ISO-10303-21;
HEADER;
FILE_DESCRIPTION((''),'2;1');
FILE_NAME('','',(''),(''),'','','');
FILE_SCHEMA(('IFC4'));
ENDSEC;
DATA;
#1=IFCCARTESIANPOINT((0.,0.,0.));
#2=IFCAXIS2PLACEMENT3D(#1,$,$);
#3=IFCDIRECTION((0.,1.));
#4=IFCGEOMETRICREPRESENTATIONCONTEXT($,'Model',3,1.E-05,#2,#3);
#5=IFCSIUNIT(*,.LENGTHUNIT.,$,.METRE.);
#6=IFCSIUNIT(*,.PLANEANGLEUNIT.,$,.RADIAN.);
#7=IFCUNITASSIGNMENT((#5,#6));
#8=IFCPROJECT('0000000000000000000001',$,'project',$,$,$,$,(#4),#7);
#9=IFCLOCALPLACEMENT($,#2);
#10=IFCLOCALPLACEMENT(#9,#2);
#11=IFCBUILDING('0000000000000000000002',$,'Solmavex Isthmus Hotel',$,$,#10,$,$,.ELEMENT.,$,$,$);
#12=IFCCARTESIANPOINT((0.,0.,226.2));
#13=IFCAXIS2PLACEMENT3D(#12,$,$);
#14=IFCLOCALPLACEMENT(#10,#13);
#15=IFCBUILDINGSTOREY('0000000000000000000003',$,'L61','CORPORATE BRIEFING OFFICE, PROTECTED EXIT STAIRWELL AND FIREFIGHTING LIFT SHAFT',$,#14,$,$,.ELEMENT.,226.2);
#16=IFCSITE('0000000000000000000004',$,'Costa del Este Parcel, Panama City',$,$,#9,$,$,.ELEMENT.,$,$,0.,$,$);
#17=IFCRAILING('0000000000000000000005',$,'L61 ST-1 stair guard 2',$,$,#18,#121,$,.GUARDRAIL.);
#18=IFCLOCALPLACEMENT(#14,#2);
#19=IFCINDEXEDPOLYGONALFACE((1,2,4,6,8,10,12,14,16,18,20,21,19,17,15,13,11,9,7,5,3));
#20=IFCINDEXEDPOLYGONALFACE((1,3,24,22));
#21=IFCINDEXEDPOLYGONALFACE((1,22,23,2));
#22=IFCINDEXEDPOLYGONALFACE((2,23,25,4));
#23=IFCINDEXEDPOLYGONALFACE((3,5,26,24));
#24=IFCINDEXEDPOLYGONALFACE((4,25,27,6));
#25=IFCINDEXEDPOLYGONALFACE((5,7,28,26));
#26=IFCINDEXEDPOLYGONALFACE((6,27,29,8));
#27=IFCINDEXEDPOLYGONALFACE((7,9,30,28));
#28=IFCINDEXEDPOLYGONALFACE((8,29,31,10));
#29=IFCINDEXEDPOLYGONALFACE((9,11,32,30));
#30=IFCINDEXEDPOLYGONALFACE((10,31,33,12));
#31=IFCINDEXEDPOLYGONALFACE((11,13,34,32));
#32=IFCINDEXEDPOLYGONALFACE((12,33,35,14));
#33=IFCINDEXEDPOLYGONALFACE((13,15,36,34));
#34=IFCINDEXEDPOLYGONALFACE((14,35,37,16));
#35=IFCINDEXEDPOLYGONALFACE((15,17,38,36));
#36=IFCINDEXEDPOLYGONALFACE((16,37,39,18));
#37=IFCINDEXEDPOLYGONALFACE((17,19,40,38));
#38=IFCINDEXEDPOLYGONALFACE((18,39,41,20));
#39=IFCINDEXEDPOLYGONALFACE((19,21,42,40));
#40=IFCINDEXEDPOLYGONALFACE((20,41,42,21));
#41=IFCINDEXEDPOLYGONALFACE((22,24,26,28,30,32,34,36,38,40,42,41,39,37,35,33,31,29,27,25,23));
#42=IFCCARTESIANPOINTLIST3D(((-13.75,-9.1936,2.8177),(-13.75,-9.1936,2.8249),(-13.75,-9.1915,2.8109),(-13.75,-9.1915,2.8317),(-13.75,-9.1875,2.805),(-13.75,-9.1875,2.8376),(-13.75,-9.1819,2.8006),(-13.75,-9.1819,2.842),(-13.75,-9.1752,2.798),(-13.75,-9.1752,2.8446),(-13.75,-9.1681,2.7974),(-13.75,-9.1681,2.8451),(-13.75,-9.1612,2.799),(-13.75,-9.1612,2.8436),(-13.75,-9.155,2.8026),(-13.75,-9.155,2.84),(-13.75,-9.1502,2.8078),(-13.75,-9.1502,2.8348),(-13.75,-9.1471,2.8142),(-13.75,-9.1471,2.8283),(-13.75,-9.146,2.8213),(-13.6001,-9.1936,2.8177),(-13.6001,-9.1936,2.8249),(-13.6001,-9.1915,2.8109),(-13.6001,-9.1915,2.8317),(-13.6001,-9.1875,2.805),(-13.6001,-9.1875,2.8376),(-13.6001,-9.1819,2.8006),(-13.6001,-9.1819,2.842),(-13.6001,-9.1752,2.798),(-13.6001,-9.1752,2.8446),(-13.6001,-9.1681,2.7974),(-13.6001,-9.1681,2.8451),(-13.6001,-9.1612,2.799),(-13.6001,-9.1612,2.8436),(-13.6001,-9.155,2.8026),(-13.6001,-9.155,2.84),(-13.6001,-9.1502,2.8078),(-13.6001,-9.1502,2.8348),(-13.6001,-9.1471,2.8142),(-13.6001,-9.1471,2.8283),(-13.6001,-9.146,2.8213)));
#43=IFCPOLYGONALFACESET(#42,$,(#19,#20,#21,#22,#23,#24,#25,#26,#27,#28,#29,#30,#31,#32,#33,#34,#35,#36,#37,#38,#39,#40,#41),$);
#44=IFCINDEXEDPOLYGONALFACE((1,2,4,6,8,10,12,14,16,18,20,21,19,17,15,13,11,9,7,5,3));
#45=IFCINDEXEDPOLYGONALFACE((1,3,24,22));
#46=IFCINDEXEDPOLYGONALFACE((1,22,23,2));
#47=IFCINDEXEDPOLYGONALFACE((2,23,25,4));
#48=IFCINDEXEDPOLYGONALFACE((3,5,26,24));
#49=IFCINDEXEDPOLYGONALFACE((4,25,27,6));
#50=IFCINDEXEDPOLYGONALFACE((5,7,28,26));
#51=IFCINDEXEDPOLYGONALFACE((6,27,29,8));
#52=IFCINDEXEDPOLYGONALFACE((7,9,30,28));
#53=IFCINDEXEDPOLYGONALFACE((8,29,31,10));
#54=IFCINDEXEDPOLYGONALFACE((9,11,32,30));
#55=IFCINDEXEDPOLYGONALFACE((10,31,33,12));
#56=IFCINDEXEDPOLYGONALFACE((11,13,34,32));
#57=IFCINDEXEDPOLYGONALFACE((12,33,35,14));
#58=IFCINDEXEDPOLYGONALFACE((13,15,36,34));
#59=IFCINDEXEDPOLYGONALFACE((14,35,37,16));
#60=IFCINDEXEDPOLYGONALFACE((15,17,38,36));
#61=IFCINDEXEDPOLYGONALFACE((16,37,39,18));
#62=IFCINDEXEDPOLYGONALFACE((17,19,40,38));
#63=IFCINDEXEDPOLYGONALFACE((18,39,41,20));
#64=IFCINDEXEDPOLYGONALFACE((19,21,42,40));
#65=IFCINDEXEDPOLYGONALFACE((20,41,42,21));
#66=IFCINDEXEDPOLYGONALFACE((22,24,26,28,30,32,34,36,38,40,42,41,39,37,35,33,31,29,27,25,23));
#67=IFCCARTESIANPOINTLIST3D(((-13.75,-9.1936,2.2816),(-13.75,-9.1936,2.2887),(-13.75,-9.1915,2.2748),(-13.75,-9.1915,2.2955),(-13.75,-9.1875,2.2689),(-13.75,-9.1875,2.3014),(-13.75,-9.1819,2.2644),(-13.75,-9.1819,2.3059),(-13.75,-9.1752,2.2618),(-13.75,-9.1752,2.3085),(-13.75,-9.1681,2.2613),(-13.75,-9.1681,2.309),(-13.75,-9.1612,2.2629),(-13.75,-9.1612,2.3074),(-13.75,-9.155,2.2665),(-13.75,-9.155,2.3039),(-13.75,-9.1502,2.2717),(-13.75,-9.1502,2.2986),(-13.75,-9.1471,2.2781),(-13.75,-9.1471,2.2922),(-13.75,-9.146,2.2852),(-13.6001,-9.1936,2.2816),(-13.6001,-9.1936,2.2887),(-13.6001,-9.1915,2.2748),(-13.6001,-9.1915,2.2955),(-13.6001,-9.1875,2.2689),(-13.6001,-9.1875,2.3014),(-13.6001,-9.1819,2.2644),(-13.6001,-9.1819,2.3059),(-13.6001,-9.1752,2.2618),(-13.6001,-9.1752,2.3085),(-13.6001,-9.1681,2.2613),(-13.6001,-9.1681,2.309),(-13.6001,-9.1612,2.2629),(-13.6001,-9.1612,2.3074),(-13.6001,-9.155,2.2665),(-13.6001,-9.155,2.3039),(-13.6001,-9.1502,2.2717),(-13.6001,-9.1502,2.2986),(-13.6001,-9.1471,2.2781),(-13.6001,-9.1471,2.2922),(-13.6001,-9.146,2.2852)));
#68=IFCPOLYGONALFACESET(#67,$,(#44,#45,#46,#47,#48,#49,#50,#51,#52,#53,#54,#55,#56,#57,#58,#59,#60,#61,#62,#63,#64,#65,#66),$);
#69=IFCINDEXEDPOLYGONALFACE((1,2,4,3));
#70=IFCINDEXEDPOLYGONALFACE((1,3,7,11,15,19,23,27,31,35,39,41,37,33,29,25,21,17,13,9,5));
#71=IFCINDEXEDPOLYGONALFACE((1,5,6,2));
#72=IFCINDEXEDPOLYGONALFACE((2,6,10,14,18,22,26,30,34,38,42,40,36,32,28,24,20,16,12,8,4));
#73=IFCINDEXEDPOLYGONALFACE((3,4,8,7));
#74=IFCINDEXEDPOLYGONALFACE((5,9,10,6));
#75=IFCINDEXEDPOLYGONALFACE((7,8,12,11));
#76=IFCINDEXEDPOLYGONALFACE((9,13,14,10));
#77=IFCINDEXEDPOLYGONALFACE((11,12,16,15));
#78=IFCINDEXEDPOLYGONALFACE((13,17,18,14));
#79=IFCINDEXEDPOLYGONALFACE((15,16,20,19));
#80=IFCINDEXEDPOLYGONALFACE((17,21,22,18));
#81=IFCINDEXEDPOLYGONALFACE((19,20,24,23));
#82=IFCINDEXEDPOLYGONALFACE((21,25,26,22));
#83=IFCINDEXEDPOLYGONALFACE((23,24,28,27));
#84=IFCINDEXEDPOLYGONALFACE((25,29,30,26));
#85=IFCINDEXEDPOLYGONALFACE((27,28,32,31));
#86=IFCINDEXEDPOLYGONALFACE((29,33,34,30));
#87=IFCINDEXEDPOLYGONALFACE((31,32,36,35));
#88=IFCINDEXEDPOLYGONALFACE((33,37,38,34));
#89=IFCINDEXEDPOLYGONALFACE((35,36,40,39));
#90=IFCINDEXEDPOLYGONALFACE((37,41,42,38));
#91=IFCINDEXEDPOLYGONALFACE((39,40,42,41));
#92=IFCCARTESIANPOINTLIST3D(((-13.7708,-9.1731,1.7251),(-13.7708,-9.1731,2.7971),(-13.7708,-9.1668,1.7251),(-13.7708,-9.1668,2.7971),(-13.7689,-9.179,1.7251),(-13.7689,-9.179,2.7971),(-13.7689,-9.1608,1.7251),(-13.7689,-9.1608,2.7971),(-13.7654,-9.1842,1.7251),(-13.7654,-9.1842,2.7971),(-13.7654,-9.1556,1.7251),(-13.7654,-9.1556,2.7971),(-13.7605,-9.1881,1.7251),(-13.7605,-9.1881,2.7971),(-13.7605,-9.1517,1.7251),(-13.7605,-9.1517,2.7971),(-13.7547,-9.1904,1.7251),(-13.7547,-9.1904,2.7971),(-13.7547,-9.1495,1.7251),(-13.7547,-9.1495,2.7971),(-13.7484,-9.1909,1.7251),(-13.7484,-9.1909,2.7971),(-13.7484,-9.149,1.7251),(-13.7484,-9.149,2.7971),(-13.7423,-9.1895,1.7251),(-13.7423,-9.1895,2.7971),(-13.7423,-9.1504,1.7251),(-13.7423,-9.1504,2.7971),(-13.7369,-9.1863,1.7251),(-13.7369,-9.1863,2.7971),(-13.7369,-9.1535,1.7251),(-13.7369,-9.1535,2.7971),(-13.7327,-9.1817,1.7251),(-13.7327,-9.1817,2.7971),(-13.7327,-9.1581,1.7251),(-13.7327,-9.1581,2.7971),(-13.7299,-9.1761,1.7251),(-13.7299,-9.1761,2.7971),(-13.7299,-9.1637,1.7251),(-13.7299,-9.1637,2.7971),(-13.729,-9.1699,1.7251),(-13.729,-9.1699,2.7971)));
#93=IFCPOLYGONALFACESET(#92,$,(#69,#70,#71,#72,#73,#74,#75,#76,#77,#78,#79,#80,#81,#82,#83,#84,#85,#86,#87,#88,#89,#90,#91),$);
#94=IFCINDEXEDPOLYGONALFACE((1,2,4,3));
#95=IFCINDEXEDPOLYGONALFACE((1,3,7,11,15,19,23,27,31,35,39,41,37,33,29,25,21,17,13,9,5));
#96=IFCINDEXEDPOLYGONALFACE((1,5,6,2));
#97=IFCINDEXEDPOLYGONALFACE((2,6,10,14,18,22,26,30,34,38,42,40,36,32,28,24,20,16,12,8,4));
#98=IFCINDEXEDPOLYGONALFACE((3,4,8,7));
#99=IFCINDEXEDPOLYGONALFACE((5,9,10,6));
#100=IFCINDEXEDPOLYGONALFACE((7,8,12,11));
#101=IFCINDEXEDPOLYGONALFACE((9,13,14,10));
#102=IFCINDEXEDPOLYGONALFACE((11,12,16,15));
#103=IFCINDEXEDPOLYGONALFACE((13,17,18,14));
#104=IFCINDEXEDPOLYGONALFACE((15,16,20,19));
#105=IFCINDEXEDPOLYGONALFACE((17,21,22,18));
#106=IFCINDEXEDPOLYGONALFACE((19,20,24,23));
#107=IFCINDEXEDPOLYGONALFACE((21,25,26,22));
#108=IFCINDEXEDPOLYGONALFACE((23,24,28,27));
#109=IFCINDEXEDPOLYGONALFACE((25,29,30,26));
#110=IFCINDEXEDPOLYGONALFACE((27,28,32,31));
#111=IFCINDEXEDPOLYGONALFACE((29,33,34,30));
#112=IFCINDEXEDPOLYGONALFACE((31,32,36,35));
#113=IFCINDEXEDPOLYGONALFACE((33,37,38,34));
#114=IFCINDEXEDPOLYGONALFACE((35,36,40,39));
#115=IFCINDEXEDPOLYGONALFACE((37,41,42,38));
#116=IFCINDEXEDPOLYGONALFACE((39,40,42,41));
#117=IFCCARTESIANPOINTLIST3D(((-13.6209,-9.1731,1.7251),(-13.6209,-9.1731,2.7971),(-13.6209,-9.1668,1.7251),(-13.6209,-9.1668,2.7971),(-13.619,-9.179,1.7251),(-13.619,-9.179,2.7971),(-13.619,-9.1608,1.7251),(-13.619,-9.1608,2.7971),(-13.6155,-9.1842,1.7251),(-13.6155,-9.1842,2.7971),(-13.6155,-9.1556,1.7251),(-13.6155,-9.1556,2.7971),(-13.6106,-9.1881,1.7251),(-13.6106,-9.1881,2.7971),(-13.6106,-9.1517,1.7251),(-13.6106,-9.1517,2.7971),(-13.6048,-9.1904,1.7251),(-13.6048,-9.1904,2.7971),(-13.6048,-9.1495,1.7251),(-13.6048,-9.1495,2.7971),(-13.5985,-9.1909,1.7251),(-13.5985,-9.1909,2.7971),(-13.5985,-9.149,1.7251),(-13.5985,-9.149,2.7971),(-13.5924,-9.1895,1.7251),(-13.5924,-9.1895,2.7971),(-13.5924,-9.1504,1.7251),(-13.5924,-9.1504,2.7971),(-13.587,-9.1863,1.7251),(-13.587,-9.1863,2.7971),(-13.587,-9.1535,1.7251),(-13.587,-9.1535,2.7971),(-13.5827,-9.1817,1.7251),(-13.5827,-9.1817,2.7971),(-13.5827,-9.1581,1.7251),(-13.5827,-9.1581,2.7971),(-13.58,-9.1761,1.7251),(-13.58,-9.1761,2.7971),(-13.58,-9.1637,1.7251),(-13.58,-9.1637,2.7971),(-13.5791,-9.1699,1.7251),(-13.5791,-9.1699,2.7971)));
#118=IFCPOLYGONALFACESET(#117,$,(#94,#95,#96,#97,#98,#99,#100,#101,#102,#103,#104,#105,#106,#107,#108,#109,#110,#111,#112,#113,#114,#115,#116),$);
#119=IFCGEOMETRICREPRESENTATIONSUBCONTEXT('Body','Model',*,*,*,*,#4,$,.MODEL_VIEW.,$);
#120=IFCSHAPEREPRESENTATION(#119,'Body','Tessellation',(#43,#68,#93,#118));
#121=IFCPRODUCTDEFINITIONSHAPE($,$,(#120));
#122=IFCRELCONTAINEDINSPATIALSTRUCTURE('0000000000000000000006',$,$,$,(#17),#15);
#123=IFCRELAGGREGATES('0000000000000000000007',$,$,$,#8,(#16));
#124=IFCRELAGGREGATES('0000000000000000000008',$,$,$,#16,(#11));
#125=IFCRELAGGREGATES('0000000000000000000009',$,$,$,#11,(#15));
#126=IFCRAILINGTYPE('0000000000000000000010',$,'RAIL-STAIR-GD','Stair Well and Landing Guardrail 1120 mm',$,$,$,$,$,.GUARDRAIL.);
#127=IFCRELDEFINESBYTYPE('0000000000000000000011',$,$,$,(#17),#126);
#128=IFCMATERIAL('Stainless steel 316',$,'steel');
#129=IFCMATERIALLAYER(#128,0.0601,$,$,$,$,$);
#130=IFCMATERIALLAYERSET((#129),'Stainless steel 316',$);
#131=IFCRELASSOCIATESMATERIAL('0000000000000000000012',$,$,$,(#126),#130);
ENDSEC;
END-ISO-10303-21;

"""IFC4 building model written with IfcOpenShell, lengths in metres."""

from ifc_helpers import new_model, si_unit, direction, frame, origin, origin_2d, place, context, subcontext, project, spatial, circle, extrude, material, layer, layer_set, type_object, element, save


model = new_model("IFC4")

# Units and contexts
model_context = context("Model", 3, precision=1e-05, world=origin(), true_north=direction((0.0, 1.0)))
body_context = subcontext(model_context, "Body", "Model", "MODEL_VIEW")
ifc_project = project(units=[si_unit("LENGTHUNIT", "METRE"), si_unit("PLANEANGLEUNIT", "RADIAN")], contexts=[model_context])

# Site, building, storey
site_placement = place(None, origin())
site = spatial("IfcSite", under=ifc_project, at=site_placement, Name="Costa del Este Parcel, Panama City", CompositionType="ELEMENT", RefElevation=0.0)
building_placement = place(site_placement, origin())
building = spatial("IfcBuilding", under=site, at=building_placement, Name="Solmavex Isthmus Hotel", CompositionType="ELEMENT")
storey_placement = place(building_placement, frame((0.0, 0.0, 226.2)))
storey = spatial("IfcBuildingStorey", under=building, at=storey_placement, Name="L61", Description="CORPORATE BRIEFING OFFICE, PROTECTED EXIT STAIRWELL AND FIREFIGHTING LIFT SHAFT", CompositionType="ELEMENT", Elevation=226.2)

# Shared definitions
ifc_material_1 = material(Name="Stainless steel 316", Category="steel")

# Railing
ifc_layer_1 = layer(ifc_material_1, 0.0601)
ifc_layer_set_1 = layer_set([ifc_layer_1], Name="Stainless steel 316")
railing_type_1 = type_object("IfcRailingType", Name="RAIL-STAIR-GD", Description="Stair Well and Landing Guardrail 1120 mm", PredefinedType="GUARDRAIL", material=ifc_layer_set_1)
railing_1_placement = place(storey_placement, frame((-13.75, -9.1699, 1.7251)))
element("IfcRailing", 1, at=railing_1_placement, inside=storey, type_object=railing_type_1, Name="L61 ST-1 stair guard 2", PredefinedType="GUARDRAIL", context=body_context, shape_type="SweptSolid", body=[
    extrude(circle(Radius=0.0239, at=origin_2d()), frame((0.0, 0.0, 1.0962), z_axis=(1.0, 0.0, 0.0), x_axis=(0.0, 1.0, 0.0)), (0.0, 0.0, 1.0), 0.1499),
    extrude(circle(Radius=0.0239, at=origin_2d()), frame((0.0, 0.0, 0.5601), z_axis=(1.0, 0.0, 0.0), x_axis=(0.0, 1.0, 0.0)), (0.0, 0.0, 1.0), 0.1499),
    extrude(circle(Radius=0.021, at=origin_2d()), origin(), (0.0, 0.0, 1.0), 1.072),
    extrude(circle(Radius=0.021, at=origin_2d()), frame((0.1499, 0.0, 0.0)), (0.0, 0.0, 1.0), 1.072),
])

save(model, "model.ifc")
